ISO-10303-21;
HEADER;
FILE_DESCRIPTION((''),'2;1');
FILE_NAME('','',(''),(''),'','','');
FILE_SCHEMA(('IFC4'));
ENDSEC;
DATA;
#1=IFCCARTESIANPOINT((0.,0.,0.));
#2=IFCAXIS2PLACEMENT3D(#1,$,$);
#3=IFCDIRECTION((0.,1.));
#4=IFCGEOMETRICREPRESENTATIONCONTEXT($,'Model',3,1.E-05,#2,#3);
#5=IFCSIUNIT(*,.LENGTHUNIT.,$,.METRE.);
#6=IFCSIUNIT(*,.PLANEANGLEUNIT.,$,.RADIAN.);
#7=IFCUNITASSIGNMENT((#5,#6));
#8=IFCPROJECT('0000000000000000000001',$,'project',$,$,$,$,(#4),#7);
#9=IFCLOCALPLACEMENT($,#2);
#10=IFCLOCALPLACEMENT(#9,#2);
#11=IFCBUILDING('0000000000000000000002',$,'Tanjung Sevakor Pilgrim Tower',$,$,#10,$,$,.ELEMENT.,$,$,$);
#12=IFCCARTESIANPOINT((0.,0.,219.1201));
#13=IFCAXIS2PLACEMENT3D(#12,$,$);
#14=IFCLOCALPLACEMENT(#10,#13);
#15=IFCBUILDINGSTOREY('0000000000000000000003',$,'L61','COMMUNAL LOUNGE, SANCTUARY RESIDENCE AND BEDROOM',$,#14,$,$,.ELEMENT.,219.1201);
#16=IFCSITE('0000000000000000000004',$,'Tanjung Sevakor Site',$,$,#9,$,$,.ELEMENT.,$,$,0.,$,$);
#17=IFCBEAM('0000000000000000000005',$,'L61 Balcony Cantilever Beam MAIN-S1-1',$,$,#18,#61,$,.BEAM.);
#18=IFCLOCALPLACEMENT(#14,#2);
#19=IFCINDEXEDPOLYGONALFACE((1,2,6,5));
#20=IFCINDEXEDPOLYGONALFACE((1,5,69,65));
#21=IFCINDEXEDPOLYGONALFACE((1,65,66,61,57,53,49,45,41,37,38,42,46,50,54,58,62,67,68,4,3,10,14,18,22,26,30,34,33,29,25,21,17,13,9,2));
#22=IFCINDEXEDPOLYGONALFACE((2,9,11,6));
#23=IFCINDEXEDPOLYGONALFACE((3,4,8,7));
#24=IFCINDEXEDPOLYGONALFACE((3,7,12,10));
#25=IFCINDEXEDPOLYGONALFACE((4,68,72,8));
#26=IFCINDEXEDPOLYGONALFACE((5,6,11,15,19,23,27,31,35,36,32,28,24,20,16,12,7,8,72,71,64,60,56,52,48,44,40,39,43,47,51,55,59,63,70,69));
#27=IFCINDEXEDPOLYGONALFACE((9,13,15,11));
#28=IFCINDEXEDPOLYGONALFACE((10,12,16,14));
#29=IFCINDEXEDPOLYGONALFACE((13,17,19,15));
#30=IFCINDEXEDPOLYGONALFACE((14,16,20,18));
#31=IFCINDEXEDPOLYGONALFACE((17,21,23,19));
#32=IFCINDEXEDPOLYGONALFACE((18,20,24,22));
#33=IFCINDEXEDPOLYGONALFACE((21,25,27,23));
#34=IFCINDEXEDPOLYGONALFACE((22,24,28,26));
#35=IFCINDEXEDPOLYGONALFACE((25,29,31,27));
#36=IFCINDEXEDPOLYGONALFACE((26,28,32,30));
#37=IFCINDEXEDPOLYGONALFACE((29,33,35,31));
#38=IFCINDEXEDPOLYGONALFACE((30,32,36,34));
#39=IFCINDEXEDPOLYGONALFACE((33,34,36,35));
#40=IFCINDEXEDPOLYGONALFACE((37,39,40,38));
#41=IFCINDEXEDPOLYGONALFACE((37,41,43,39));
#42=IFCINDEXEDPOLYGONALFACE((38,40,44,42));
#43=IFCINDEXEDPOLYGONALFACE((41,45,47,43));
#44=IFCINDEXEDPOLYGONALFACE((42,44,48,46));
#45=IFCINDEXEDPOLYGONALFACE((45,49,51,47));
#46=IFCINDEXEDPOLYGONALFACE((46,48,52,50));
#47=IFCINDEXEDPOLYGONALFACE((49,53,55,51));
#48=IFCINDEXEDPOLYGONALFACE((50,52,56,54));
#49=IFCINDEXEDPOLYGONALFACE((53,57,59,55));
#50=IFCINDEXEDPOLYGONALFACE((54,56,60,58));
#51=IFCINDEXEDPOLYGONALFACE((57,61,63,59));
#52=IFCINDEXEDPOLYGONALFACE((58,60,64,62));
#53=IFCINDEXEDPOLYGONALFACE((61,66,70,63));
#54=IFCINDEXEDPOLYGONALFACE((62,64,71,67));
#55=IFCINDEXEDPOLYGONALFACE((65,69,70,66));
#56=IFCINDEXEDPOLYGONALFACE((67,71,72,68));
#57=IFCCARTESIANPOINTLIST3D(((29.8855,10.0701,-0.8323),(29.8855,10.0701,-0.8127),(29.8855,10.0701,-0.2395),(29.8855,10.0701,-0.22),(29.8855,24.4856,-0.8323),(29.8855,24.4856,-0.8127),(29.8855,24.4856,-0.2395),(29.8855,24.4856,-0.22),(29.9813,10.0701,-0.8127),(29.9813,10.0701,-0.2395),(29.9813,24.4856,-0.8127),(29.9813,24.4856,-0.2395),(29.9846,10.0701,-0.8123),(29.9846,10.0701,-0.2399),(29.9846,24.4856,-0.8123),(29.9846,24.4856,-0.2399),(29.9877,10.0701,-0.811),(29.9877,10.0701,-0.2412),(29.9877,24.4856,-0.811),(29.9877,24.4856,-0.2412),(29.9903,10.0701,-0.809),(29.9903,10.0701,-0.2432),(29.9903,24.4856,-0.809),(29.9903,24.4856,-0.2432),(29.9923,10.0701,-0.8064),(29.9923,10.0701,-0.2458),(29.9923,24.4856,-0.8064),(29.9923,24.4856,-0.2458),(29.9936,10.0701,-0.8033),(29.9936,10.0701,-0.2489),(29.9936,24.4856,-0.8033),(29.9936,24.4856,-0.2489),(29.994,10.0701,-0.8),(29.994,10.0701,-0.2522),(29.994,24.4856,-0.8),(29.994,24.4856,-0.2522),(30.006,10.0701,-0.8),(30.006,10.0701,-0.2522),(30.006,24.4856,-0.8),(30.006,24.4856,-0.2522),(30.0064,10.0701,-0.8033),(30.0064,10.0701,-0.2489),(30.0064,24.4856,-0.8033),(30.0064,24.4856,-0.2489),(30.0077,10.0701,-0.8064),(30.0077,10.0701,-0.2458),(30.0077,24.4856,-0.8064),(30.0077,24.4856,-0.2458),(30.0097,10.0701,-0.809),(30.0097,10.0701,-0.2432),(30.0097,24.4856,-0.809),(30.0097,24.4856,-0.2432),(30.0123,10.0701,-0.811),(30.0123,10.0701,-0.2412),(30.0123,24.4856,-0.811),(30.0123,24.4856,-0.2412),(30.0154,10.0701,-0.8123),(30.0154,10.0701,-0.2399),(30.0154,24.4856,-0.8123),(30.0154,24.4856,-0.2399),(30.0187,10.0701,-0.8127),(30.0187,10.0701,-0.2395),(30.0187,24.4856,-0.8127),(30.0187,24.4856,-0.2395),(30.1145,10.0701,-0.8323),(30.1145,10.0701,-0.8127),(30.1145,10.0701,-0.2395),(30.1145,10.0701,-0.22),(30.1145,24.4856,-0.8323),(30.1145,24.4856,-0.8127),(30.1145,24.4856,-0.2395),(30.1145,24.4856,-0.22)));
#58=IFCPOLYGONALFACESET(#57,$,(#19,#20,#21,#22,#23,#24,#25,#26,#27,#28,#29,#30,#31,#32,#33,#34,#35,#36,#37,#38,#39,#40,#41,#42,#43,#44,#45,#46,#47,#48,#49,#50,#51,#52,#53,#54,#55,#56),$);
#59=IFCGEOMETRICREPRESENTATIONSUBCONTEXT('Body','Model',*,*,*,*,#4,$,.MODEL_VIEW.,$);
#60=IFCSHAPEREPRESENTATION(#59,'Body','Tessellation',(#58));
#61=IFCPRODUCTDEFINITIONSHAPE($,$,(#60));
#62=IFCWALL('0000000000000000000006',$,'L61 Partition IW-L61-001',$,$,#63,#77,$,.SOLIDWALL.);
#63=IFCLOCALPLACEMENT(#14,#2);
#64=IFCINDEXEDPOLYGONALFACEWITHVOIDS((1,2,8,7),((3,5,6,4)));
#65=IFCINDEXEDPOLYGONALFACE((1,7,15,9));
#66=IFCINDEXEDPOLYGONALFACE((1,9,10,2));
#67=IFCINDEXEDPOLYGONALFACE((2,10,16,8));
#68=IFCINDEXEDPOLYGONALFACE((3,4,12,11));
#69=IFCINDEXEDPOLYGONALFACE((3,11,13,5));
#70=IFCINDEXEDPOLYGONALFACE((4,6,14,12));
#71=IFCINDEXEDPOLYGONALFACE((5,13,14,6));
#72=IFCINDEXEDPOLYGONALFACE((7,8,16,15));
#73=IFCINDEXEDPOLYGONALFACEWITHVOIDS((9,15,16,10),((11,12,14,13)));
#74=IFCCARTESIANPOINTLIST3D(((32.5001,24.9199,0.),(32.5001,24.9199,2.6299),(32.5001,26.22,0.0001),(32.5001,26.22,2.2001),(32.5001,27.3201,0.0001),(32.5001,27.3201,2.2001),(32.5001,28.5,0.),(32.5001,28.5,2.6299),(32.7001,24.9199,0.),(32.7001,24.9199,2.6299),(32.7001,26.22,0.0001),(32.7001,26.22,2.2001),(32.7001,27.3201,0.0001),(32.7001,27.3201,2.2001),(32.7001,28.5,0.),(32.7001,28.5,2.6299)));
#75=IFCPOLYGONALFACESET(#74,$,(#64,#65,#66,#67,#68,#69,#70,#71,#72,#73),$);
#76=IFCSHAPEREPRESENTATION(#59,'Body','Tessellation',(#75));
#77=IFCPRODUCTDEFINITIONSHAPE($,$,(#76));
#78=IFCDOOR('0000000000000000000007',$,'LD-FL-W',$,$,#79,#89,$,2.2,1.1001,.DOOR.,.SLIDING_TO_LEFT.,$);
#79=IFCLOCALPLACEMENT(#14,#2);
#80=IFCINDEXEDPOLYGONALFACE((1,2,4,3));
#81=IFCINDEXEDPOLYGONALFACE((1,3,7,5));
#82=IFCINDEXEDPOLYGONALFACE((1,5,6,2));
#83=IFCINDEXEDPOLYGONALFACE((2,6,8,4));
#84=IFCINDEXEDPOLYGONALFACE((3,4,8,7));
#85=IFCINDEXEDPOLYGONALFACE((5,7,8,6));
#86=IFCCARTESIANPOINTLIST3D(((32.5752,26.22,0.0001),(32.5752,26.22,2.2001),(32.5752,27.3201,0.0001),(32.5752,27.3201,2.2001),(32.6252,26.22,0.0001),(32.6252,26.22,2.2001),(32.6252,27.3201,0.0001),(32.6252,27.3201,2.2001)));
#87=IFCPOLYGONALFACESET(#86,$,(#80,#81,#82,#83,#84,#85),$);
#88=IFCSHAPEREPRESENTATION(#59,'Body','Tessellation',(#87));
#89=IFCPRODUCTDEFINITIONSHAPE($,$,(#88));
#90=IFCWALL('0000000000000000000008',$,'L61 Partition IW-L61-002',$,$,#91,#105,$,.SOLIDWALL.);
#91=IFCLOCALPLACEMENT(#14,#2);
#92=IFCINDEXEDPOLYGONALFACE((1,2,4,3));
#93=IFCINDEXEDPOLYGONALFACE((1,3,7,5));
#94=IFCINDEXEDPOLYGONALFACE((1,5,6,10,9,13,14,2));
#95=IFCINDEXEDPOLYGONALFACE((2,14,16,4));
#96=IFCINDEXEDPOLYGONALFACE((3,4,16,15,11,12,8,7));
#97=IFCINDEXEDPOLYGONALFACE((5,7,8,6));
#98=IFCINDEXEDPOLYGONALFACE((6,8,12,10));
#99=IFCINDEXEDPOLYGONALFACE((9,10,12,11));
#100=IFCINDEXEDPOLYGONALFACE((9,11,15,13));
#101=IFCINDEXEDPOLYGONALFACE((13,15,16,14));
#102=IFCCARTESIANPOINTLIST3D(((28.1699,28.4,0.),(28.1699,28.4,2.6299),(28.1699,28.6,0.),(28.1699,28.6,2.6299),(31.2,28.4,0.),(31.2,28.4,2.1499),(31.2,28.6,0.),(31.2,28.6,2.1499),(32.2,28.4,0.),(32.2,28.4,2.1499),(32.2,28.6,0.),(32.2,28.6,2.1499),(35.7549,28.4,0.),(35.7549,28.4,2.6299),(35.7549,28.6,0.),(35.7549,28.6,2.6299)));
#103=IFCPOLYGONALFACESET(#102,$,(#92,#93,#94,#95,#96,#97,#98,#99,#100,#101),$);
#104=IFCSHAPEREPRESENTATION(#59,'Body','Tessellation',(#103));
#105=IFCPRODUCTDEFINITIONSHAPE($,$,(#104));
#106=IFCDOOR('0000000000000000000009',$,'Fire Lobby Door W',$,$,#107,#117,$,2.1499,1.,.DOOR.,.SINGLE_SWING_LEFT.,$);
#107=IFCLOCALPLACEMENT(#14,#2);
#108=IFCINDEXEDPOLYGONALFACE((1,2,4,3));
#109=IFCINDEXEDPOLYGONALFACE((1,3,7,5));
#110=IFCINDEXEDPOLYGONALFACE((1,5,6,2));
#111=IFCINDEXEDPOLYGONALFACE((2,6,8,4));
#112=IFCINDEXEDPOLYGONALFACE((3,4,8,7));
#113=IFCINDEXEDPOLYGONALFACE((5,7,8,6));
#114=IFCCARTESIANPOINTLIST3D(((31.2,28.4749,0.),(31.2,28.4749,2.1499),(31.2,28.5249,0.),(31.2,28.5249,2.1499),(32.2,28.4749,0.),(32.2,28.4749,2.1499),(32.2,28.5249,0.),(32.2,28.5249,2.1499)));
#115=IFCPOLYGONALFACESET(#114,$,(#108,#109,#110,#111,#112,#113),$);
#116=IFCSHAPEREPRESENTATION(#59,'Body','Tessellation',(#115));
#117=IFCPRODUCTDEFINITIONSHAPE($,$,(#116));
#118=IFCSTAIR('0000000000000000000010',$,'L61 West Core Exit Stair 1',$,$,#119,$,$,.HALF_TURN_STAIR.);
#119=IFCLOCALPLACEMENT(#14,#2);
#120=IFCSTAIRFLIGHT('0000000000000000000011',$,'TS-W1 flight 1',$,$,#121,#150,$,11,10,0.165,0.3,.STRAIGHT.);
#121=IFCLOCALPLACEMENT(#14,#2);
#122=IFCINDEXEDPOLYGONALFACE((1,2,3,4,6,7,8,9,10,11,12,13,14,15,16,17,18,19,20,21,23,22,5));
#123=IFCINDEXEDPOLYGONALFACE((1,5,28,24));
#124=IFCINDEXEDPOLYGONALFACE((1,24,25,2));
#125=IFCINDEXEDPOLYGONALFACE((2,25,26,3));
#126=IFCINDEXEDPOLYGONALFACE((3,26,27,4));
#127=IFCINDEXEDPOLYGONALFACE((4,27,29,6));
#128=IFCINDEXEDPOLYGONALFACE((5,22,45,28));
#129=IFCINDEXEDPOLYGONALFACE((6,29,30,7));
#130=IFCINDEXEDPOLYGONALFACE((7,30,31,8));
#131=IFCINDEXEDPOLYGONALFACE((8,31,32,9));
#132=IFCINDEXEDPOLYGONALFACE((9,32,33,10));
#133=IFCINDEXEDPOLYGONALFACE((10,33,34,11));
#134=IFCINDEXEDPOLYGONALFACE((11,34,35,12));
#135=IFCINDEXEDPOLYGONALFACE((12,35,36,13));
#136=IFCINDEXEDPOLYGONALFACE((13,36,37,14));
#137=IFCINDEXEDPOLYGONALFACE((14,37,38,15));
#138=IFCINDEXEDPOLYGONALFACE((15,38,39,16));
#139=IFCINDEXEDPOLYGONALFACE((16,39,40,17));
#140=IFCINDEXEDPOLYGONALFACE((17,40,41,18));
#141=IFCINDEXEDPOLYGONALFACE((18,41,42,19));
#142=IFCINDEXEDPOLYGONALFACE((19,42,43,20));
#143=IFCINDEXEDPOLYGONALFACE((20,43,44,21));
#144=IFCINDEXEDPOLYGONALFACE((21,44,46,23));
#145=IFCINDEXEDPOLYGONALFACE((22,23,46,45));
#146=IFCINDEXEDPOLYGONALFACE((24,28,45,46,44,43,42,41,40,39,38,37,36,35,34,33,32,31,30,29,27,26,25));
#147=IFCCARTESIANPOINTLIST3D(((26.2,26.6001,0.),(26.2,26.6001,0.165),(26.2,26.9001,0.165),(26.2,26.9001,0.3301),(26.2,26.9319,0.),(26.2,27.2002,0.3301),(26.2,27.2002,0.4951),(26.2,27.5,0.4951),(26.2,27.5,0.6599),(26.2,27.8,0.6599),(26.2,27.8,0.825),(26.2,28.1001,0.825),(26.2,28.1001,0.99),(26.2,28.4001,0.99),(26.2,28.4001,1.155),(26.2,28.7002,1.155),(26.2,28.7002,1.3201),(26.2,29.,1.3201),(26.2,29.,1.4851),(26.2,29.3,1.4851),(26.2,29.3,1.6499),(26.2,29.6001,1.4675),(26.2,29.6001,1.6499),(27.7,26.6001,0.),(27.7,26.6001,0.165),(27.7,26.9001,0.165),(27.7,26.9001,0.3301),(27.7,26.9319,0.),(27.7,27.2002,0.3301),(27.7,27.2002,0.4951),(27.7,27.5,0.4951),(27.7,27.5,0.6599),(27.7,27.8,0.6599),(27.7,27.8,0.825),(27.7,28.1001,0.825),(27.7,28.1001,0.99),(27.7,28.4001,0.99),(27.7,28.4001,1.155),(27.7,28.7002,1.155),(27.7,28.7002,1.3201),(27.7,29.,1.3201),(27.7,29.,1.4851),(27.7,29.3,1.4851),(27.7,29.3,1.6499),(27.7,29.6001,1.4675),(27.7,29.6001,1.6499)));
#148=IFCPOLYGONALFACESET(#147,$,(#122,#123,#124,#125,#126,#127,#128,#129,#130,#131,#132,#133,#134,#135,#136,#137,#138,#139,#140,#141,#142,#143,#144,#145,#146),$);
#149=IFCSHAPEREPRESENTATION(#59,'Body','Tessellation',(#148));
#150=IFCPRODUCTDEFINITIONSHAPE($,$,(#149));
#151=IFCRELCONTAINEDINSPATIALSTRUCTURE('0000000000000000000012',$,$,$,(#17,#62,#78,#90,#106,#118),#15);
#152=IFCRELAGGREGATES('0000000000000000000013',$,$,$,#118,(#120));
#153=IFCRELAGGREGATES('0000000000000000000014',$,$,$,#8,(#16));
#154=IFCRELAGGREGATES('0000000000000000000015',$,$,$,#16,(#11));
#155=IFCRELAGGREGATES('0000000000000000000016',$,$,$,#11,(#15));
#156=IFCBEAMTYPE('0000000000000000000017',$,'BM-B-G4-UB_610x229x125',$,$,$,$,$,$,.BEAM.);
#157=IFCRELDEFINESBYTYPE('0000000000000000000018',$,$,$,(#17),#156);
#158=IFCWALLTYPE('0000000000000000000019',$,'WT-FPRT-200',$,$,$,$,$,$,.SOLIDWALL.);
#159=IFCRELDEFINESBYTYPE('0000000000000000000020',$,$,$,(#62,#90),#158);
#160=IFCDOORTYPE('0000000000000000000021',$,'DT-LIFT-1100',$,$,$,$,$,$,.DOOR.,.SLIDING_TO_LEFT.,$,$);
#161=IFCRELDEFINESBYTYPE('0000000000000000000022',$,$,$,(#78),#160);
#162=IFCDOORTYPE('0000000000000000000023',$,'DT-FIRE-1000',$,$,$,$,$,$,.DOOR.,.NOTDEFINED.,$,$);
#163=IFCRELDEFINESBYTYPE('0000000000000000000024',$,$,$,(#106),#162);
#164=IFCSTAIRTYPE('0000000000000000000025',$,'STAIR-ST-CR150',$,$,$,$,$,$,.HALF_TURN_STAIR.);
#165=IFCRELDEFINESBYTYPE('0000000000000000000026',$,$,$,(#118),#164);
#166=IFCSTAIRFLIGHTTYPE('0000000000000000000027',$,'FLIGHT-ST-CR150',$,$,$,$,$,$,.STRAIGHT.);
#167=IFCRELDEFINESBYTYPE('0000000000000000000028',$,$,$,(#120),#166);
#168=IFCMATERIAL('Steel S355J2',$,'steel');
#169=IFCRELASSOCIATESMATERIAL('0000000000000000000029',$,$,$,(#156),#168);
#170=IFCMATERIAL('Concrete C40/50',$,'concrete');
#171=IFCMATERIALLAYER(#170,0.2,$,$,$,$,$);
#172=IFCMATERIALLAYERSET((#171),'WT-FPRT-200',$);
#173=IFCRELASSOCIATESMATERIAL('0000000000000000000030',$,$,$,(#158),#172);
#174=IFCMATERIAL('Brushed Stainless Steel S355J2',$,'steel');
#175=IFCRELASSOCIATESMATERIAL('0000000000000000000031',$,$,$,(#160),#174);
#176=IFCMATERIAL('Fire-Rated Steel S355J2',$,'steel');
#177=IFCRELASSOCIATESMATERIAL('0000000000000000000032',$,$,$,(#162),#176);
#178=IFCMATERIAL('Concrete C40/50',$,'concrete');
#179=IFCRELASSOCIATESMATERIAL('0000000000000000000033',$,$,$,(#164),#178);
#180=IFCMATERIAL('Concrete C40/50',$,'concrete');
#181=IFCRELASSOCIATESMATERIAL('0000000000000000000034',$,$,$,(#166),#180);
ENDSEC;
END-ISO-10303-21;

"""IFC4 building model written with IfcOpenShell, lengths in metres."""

from ifc_helpers import new_model, si_unit, direction, frame, frame_2d, origin, origin_2d, place, context, subcontext, project, spatial, polyline, rectangle, i_section, outline, extrude, material, layer, layer_set, material_profile, profile_set, type_object, element, fill, aggregate, save


model = new_model("IFC4")

# Units and contexts
model_context = context("Model", 3, precision=1e-05, world=origin(), true_north=direction((0.0, 1.0)))
body_context = subcontext(model_context, "Body", "Model", "MODEL_VIEW")
ifc_project = project(units=[si_unit("LENGTHUNIT", "METRE"), si_unit("PLANEANGLEUNIT", "RADIAN")], contexts=[model_context])

# Site, building, storey
site_placement = place(None, origin())
site = spatial("IfcSite", under=ifc_project, at=site_placement, Name="Tanjung Sevakor Site", CompositionType="ELEMENT", RefElevation=0.0)
building_placement = place(site_placement, origin())
building = spatial("IfcBuilding", under=site, at=building_placement, Name="Tanjung Sevakor Pilgrim Tower", CompositionType="ELEMENT")
storey_placement = place(building_placement, frame((0.0, 0.0, 219.1201)))
storey = spatial("IfcBuildingStorey", under=building, at=storey_placement, Name="L61", Description="COMMUNAL LOUNGE, SANCTUARY RESIDENCE AND BEDROOM", CompositionType="ELEMENT", Elevation=219.1201)

# Beam
ifc_material_1 = material(Name="Steel S355J2", Category="steel")
ifc_material_profile = material_profile(ifc_material_1, i_section(OverallWidth=0.229, OverallDepth=0.6123, WebThickness=0.012, FlangeThickness=0.0195, FilletRadius=0.0127, at=origin_2d()))
ifc_profile_set = profile_set([ifc_material_profile], Name="Steel S355J2")
beam_type = type_object("IfcBeamType", Name="BM-B-G4-UB_610x229x125", PredefinedType="BEAM", material=ifc_profile_set)
beam_placement = place(storey_placement, frame((30.0, 24.4856, -0.5261), z_axis=(0.0, -1.0, 0.0), x_axis=(1.0, 0.0, 0.0)))
element("IfcBeam", 1, at=beam_placement, inside=storey, type_object=beam_type, Name="L61 Balcony Cantilever Beam MAIN-S1-1", PredefinedType="BEAM", context=body_context, shape_type="SweptSolid", body=[
    extrude(i_section(OverallWidth=0.229, OverallDepth=0.6123, WebThickness=0.012, FlangeThickness=0.0195, FilletRadius=0.0127, at=origin_2d()), origin(), (0.0, 0.0, 1.0), 14.4155),
])

# Walls, openings, doors
ifc_material_2 = material(Name="Concrete C40/50", Category="concrete")
ifc_layer_1 = layer(ifc_material_2, 0.2)
ifc_layer_set_1 = layer_set([ifc_layer_1], Name="WT-FPRT-200")
wall_type_1 = type_object("IfcWallType", Name="WT-FPRT-200", PredefinedType="SOLIDWALL", material=ifc_layer_set_1)
wall_1_placement = place(storey_placement, frame((32.6001, 24.9199, 0.0), z_axis=(0.0, 0.0, 1.0), x_axis=(0.0, 1.0, 0.0)))
wall_1 = element("IfcWall", 2, at=wall_1_placement, inside=storey, type_object=wall_type_1, Name="L61 Partition IW-L61-001", PredefinedType="SOLIDWALL", context=body_context, shape_type="SweptSolid", body=[
    extrude(rectangle(XDim=3.5801, YDim=0.2, at=frame_2d((1.79, 0.0))), origin(), (0.0, 0.0, 1.0), 2.6299),
])
opening_1_placement = place(wall_1_placement, frame((1.3, 0.0, 0.0)))
opening_1 = element("IfcOpeningElement", 3, at=opening_1_placement, cuts=wall_1, PredefinedType="OPENING", context=body_context, shape_type="SweptSolid", body=[
    extrude(rectangle(XDim=1.1001, YDim=2.2, at=frame_2d((0.55, 1.1001))), frame((0.0, 0.1099, 0.0), z_axis=(0.0, -1.0, 0.0), x_axis=(1.0, 0.0, 0.0)), (0.0, 0.0, 1.0), 0.22),
])
ifc_material_3 = material(Name="Brushed Stainless Steel S355J2", Category="steel")
door_type_1 = type_object("IfcDoorType", Name="DT-LIFT-1100", OperationType="SLIDING_TO_LEFT", PredefinedType="DOOR", material=ifc_material_3)
door_1_placement = place(opening_1_placement, origin())
door_1 = element("IfcDoor", 4, at=door_1_placement, inside=storey, type_object=door_type_1, Name="LD-FL-W", OperationType="SLIDING_TO_LEFT", OverallHeight=2.2, OverallWidth=1.1001, PredefinedType="DOOR", context=body_context, shape_type="SweptSolid", body=[
    extrude(rectangle(XDim=1.1001, YDim=2.2, at=frame_2d((0.55, 1.1001))), frame((0.0, 0.0249, 0.0), z_axis=(0.0, -1.0, 0.0), x_axis=(1.0, 0.0, 0.0)), (0.0, 0.0, 1.0), 0.05),
])
fill(opening_1, door_1)
wall_2_placement = place(storey_placement, frame((28.1699, 28.5, 0.0), z_axis=(0.0, 0.0, 1.0), x_axis=(1.0, 0.0, 0.0)))
wall_2 = element("IfcWall", 5, at=wall_2_placement, inside=storey, type_object=wall_type_1, Name="L61 Partition IW-L61-002", PredefinedType="SOLIDWALL", context=body_context, shape_type="SweptSolid", body=[
    extrude(rectangle(XDim=7.585, YDim=0.2, at=frame_2d((3.7925, 0.0))), origin(), (0.0, 0.0, 1.0), 2.6299),
])
opening_2_placement = place(wall_2_placement, frame((3.03, 0.0, 0.0)))
opening_2 = element("IfcOpeningElement", 6, at=opening_2_placement, cuts=wall_2, PredefinedType="OPENING", context=body_context, shape_type="SweptSolid", body=[
    extrude(rectangle(XDim=1.0, YDim=2.1499, at=frame_2d((0.5, 1.075))), frame((0.0, 0.1099, 0.0), z_axis=(0.0, -1.0, 0.0), x_axis=(1.0, 0.0, 0.0)), (0.0, 0.0, 1.0), 0.22),
])
ifc_material_4 = material(Name="Fire-Rated Steel S355J2", Category="steel")
door_type_2 = type_object("IfcDoorType", Name="DT-FIRE-1000", OperationType="NOTDEFINED", PredefinedType="DOOR", material=ifc_material_4)
door_2_placement = place(opening_2_placement, origin())
door_2 = element("IfcDoor", 7, at=door_2_placement, inside=storey, type_object=door_type_2, Name="Fire Lobby Door W", OperationType="SINGLE_SWING_LEFT", OverallHeight=2.1499, OverallWidth=1.0, PredefinedType="DOOR", context=body_context, shape_type="SweptSolid", body=[
    extrude(rectangle(XDim=1.0, YDim=2.1499, at=frame_2d((0.5, 1.075))), frame((0.0, 0.0249, 0.0), z_axis=(0.0, -1.0, 0.0), x_axis=(1.0, 0.0, 0.0)), (0.0, 0.0, 1.0), 0.05),
])
fill(opening_2, door_2)

# Stair, stair flight
ifc_material_5 = material(Name="Concrete C40/50", Category="concrete")
stair_type = type_object("IfcStairType", Name="STAIR-ST-CR150", PredefinedType="HALF_TURN_STAIR", material=ifc_material_5)
stair_placement = place(storey_placement, origin())
stair = element("IfcStair", 8, at=stair_placement, inside=storey, type_object=stair_type, Name="L61 West Core Exit Stair 1", PredefinedType="HALF_TURN_STAIR")
ifc_material_6 = material(Name="Concrete C40/50", Category="concrete")
stair_flight_type = type_object("IfcStairFlightType", Name="FLIGHT-ST-CR150", PredefinedType="STRAIGHT", material=ifc_material_6)
stair_flight_placement = place(storey_placement, frame((26.95, 26.6001, 0.0), z_axis=(0.0, 0.0, 1.0), x_axis=(0.0, 1.0, 0.0)))
stair_flight = element("IfcStairFlight", 9, at=stair_flight_placement, type_object=stair_flight_type, Name="TS-W1 flight 1", NumberOfRisers=11, NumberOfTreads=10, PredefinedType="STRAIGHT", RiserHeight=0.165, TreadLength=0.3, context=body_context, shape_type="SweptSolid", body=[
    extrude(outline(polyline([(0.0, 0.0), (0.0, 0.165), (0.3, 0.165), (0.3, 0.3301), (0.6001, 0.3301), (0.6001, 0.4951), (0.8999, 0.4951), (0.8999, 0.6599), (1.2, 0.6599), (1.2, 0.825), (1.5, 0.825), (1.5, 0.99), (1.8, 0.99), (1.8, 1.155), (2.1001, 1.155), (2.1001, 1.3201), (2.3999, 1.3201), (2.3999, 1.4851), (2.7, 1.4851), (2.7, 1.6499), (3.0, 1.6499), (3.0, 1.8149), (3.0, 1.4675), (0.3318, 0.0), (0.0, 0.0)])), frame((0.0, 0.75, 0.0), z_axis=(0.0, -1.0, 0.0), x_axis=(1.0, 0.0, 0.0)), (0.0, 0.0, 1.0), 1.5),
])
aggregate(stair, [stair_flight])

save(model, "model.ifc")
